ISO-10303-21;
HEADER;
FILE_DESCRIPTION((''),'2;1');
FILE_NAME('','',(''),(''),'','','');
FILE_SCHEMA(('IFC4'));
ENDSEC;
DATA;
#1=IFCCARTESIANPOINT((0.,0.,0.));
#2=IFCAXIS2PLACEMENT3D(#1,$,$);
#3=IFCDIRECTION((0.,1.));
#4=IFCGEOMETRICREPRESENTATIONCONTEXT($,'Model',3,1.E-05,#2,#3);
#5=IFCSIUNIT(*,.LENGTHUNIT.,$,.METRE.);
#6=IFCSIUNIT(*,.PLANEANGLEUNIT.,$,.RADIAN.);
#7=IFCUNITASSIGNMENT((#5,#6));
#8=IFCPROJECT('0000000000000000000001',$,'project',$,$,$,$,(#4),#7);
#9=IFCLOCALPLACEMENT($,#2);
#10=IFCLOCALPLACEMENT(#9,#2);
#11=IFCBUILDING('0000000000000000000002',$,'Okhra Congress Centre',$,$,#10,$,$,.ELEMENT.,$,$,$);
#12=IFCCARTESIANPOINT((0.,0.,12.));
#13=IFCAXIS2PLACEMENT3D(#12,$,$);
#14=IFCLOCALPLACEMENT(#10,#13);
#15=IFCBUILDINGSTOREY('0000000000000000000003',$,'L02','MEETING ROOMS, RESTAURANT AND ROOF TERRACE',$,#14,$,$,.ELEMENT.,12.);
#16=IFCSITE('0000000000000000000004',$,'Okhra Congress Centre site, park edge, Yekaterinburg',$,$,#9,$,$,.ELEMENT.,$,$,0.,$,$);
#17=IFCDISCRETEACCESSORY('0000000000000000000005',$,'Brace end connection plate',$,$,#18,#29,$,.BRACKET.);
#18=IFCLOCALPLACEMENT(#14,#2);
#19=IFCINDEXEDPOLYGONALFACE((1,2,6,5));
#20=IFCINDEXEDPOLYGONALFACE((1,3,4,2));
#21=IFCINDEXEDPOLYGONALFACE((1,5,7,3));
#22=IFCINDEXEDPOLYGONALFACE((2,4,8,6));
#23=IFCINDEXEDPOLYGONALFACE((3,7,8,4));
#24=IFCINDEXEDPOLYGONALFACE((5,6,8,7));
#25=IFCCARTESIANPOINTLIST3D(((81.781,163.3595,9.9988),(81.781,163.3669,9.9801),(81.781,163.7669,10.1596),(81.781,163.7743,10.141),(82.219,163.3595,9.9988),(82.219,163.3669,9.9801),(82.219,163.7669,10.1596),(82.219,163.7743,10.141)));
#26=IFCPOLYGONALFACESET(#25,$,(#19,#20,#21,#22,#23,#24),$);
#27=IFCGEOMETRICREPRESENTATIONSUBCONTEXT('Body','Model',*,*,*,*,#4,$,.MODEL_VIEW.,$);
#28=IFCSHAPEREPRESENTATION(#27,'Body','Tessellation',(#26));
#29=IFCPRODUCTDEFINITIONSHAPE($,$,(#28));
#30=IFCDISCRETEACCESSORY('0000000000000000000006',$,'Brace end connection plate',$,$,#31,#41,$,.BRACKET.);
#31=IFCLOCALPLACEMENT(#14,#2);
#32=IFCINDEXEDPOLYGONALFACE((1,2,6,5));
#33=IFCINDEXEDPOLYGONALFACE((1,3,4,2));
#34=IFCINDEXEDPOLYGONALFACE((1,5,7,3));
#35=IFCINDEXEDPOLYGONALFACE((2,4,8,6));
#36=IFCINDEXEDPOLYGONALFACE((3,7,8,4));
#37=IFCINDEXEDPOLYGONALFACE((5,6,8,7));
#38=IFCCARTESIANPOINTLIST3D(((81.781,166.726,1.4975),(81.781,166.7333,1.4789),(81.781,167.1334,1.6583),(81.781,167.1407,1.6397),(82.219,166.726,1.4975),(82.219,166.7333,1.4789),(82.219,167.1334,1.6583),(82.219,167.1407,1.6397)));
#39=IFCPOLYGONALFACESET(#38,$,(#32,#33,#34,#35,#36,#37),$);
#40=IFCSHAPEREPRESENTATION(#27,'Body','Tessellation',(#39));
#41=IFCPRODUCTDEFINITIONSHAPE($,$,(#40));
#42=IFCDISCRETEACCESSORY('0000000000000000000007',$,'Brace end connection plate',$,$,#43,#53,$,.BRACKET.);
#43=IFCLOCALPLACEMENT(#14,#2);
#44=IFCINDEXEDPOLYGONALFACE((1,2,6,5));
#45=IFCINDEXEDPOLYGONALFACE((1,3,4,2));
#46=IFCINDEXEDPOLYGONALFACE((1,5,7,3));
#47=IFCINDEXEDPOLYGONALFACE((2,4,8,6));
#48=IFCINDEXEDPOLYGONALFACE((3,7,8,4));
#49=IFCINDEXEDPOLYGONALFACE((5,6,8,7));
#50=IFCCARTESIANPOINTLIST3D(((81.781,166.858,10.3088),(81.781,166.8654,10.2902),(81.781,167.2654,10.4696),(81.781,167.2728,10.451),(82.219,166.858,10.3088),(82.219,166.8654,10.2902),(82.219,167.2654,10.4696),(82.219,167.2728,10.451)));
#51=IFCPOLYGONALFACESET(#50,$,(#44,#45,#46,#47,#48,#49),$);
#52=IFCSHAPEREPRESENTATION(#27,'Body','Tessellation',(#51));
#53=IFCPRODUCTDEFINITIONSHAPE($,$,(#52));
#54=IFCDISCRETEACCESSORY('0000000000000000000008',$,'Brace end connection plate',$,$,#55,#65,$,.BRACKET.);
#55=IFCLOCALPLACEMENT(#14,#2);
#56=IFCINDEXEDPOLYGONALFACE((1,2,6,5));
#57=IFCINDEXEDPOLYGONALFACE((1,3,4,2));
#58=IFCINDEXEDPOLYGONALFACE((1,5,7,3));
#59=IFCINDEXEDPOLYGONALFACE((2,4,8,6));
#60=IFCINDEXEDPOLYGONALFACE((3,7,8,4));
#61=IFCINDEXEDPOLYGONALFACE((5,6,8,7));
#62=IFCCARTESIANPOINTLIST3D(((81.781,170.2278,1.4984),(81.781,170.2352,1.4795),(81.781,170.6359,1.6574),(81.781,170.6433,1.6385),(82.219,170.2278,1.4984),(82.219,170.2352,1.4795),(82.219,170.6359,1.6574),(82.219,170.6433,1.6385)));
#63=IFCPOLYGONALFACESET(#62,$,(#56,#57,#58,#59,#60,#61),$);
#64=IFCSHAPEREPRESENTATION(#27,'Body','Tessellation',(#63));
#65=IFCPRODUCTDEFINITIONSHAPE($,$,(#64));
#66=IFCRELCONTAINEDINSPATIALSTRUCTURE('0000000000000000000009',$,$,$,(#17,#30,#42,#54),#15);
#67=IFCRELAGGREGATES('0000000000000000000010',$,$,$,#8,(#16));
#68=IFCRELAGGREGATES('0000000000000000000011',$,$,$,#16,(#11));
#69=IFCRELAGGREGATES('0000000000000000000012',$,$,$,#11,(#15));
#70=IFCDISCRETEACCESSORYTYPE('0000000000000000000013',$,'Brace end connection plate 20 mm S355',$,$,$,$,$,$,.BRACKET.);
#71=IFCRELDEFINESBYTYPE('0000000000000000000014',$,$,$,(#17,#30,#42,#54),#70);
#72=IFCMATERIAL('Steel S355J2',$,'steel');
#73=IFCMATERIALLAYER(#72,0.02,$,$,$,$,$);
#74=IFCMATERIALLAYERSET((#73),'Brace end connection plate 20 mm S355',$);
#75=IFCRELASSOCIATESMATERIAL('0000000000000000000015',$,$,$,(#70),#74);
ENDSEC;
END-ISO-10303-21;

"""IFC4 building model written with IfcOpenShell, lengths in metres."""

from ifc_helpers import new_model, si_unit, direction, frame, origin, origin_2d, place, context, subcontext, project, spatial, rectangle, extrude, material, layer, layer_set, type_object, element, save


model = new_model("IFC4")

# Units and contexts
model_context = context("Model", 3, precision=1e-05, world=origin(), true_north=direction((0.0, 1.0)))
body_context = subcontext(model_context, "Body", "Model", "MODEL_VIEW")
ifc_project = project(units=[si_unit("LENGTHUNIT", "METRE"), si_unit("PLANEANGLEUNIT", "RADIAN")], contexts=[model_context])

# Site, building, storey
site_placement = place(None, origin())
site = spatial("IfcSite", under=ifc_project, at=site_placement, Name="Okhra Congress Centre site, park edge, Yekaterinburg", CompositionType="ELEMENT", RefElevation=0.0)
building_placement = place(site_placement, origin())
building = spatial("IfcBuilding", under=site, at=building_placement, Name="Okhra Congress Centre", CompositionType="ELEMENT")
storey_placement = place(building_placement, frame((0.0, 0.0, 12.0)))
storey = spatial("IfcBuildingStorey", under=building, at=storey_placement, Name="L02", Description="MEETING ROOMS, RESTAURANT AND ROOF TERRACE", CompositionType="ELEMENT", Elevation=12.0)

# Discrete accessories
ifc_material_1 = material(Name="Steel S355J2", Category="steel")
ifc_layer = layer(ifc_material_1, 0.02)
ifc_layer_set = layer_set([ifc_layer], Name="Brace end connection plate 20 mm S355")
discrete_accessory_type = type_object("IfcDiscreteAccessoryType", Name="Brace end connection plate 20 mm S355", PredefinedType="BRACKET", material=ifc_layer_set)
for number, where, z_axis, x_axis, name in (
    (1, (82.0, 163.5706, 10.0605), (0.0, -0.367167, 0.930155), (1.0, 0.0, 0.0), "Brace end connection plate"),
    (2, (82.0, 166.9297, 1.5779), (0.0, 0.367167, -0.930155), (-1.0, 0.0, 0.0), "Brace end connection plate"),
    (3, (82.0, 167.0691, 10.3706), (0.0, -0.367167, 0.930155), (1.0, 0.0, 0.0), "Brace end connection plate"),
):
    element("IfcDiscreteAccessory", number, at=place(storey_placement, frame(where, z_axis=z_axis, x_axis=x_axis)), inside=storey, type_object=discrete_accessory_type, Name=name, PredefinedType="BRACKET", context=body_context, shape_type="SweptSolid", body=[
        extrude(rectangle(XDim=0.438, YDim=0.438, at=origin_2d()), origin(), (0.0, 0.0, 1.0), 0.02),
    ])
discrete_accessory_1_placement = place(storey_placement, frame((82.0, 170.4319, 1.5779), z_axis=(0.0, 0.36303, -0.931777), x_axis=(-1.0, 0.0, 0.0)))
element("IfcDiscreteAccessory", 4, at=discrete_accessory_1_placement, inside=storey, type_object=discrete_accessory_type, Name="Brace end connection plate", PredefinedType="BRACKET", context=body_context, shape_type="SweptSolid", body=[
    extrude(rectangle(XDim=0.438, YDim=0.438, at=origin_2d()), origin(), (0.0, 0.0, 1.0), 0.0203),
])

save(model, "model.ifc")
